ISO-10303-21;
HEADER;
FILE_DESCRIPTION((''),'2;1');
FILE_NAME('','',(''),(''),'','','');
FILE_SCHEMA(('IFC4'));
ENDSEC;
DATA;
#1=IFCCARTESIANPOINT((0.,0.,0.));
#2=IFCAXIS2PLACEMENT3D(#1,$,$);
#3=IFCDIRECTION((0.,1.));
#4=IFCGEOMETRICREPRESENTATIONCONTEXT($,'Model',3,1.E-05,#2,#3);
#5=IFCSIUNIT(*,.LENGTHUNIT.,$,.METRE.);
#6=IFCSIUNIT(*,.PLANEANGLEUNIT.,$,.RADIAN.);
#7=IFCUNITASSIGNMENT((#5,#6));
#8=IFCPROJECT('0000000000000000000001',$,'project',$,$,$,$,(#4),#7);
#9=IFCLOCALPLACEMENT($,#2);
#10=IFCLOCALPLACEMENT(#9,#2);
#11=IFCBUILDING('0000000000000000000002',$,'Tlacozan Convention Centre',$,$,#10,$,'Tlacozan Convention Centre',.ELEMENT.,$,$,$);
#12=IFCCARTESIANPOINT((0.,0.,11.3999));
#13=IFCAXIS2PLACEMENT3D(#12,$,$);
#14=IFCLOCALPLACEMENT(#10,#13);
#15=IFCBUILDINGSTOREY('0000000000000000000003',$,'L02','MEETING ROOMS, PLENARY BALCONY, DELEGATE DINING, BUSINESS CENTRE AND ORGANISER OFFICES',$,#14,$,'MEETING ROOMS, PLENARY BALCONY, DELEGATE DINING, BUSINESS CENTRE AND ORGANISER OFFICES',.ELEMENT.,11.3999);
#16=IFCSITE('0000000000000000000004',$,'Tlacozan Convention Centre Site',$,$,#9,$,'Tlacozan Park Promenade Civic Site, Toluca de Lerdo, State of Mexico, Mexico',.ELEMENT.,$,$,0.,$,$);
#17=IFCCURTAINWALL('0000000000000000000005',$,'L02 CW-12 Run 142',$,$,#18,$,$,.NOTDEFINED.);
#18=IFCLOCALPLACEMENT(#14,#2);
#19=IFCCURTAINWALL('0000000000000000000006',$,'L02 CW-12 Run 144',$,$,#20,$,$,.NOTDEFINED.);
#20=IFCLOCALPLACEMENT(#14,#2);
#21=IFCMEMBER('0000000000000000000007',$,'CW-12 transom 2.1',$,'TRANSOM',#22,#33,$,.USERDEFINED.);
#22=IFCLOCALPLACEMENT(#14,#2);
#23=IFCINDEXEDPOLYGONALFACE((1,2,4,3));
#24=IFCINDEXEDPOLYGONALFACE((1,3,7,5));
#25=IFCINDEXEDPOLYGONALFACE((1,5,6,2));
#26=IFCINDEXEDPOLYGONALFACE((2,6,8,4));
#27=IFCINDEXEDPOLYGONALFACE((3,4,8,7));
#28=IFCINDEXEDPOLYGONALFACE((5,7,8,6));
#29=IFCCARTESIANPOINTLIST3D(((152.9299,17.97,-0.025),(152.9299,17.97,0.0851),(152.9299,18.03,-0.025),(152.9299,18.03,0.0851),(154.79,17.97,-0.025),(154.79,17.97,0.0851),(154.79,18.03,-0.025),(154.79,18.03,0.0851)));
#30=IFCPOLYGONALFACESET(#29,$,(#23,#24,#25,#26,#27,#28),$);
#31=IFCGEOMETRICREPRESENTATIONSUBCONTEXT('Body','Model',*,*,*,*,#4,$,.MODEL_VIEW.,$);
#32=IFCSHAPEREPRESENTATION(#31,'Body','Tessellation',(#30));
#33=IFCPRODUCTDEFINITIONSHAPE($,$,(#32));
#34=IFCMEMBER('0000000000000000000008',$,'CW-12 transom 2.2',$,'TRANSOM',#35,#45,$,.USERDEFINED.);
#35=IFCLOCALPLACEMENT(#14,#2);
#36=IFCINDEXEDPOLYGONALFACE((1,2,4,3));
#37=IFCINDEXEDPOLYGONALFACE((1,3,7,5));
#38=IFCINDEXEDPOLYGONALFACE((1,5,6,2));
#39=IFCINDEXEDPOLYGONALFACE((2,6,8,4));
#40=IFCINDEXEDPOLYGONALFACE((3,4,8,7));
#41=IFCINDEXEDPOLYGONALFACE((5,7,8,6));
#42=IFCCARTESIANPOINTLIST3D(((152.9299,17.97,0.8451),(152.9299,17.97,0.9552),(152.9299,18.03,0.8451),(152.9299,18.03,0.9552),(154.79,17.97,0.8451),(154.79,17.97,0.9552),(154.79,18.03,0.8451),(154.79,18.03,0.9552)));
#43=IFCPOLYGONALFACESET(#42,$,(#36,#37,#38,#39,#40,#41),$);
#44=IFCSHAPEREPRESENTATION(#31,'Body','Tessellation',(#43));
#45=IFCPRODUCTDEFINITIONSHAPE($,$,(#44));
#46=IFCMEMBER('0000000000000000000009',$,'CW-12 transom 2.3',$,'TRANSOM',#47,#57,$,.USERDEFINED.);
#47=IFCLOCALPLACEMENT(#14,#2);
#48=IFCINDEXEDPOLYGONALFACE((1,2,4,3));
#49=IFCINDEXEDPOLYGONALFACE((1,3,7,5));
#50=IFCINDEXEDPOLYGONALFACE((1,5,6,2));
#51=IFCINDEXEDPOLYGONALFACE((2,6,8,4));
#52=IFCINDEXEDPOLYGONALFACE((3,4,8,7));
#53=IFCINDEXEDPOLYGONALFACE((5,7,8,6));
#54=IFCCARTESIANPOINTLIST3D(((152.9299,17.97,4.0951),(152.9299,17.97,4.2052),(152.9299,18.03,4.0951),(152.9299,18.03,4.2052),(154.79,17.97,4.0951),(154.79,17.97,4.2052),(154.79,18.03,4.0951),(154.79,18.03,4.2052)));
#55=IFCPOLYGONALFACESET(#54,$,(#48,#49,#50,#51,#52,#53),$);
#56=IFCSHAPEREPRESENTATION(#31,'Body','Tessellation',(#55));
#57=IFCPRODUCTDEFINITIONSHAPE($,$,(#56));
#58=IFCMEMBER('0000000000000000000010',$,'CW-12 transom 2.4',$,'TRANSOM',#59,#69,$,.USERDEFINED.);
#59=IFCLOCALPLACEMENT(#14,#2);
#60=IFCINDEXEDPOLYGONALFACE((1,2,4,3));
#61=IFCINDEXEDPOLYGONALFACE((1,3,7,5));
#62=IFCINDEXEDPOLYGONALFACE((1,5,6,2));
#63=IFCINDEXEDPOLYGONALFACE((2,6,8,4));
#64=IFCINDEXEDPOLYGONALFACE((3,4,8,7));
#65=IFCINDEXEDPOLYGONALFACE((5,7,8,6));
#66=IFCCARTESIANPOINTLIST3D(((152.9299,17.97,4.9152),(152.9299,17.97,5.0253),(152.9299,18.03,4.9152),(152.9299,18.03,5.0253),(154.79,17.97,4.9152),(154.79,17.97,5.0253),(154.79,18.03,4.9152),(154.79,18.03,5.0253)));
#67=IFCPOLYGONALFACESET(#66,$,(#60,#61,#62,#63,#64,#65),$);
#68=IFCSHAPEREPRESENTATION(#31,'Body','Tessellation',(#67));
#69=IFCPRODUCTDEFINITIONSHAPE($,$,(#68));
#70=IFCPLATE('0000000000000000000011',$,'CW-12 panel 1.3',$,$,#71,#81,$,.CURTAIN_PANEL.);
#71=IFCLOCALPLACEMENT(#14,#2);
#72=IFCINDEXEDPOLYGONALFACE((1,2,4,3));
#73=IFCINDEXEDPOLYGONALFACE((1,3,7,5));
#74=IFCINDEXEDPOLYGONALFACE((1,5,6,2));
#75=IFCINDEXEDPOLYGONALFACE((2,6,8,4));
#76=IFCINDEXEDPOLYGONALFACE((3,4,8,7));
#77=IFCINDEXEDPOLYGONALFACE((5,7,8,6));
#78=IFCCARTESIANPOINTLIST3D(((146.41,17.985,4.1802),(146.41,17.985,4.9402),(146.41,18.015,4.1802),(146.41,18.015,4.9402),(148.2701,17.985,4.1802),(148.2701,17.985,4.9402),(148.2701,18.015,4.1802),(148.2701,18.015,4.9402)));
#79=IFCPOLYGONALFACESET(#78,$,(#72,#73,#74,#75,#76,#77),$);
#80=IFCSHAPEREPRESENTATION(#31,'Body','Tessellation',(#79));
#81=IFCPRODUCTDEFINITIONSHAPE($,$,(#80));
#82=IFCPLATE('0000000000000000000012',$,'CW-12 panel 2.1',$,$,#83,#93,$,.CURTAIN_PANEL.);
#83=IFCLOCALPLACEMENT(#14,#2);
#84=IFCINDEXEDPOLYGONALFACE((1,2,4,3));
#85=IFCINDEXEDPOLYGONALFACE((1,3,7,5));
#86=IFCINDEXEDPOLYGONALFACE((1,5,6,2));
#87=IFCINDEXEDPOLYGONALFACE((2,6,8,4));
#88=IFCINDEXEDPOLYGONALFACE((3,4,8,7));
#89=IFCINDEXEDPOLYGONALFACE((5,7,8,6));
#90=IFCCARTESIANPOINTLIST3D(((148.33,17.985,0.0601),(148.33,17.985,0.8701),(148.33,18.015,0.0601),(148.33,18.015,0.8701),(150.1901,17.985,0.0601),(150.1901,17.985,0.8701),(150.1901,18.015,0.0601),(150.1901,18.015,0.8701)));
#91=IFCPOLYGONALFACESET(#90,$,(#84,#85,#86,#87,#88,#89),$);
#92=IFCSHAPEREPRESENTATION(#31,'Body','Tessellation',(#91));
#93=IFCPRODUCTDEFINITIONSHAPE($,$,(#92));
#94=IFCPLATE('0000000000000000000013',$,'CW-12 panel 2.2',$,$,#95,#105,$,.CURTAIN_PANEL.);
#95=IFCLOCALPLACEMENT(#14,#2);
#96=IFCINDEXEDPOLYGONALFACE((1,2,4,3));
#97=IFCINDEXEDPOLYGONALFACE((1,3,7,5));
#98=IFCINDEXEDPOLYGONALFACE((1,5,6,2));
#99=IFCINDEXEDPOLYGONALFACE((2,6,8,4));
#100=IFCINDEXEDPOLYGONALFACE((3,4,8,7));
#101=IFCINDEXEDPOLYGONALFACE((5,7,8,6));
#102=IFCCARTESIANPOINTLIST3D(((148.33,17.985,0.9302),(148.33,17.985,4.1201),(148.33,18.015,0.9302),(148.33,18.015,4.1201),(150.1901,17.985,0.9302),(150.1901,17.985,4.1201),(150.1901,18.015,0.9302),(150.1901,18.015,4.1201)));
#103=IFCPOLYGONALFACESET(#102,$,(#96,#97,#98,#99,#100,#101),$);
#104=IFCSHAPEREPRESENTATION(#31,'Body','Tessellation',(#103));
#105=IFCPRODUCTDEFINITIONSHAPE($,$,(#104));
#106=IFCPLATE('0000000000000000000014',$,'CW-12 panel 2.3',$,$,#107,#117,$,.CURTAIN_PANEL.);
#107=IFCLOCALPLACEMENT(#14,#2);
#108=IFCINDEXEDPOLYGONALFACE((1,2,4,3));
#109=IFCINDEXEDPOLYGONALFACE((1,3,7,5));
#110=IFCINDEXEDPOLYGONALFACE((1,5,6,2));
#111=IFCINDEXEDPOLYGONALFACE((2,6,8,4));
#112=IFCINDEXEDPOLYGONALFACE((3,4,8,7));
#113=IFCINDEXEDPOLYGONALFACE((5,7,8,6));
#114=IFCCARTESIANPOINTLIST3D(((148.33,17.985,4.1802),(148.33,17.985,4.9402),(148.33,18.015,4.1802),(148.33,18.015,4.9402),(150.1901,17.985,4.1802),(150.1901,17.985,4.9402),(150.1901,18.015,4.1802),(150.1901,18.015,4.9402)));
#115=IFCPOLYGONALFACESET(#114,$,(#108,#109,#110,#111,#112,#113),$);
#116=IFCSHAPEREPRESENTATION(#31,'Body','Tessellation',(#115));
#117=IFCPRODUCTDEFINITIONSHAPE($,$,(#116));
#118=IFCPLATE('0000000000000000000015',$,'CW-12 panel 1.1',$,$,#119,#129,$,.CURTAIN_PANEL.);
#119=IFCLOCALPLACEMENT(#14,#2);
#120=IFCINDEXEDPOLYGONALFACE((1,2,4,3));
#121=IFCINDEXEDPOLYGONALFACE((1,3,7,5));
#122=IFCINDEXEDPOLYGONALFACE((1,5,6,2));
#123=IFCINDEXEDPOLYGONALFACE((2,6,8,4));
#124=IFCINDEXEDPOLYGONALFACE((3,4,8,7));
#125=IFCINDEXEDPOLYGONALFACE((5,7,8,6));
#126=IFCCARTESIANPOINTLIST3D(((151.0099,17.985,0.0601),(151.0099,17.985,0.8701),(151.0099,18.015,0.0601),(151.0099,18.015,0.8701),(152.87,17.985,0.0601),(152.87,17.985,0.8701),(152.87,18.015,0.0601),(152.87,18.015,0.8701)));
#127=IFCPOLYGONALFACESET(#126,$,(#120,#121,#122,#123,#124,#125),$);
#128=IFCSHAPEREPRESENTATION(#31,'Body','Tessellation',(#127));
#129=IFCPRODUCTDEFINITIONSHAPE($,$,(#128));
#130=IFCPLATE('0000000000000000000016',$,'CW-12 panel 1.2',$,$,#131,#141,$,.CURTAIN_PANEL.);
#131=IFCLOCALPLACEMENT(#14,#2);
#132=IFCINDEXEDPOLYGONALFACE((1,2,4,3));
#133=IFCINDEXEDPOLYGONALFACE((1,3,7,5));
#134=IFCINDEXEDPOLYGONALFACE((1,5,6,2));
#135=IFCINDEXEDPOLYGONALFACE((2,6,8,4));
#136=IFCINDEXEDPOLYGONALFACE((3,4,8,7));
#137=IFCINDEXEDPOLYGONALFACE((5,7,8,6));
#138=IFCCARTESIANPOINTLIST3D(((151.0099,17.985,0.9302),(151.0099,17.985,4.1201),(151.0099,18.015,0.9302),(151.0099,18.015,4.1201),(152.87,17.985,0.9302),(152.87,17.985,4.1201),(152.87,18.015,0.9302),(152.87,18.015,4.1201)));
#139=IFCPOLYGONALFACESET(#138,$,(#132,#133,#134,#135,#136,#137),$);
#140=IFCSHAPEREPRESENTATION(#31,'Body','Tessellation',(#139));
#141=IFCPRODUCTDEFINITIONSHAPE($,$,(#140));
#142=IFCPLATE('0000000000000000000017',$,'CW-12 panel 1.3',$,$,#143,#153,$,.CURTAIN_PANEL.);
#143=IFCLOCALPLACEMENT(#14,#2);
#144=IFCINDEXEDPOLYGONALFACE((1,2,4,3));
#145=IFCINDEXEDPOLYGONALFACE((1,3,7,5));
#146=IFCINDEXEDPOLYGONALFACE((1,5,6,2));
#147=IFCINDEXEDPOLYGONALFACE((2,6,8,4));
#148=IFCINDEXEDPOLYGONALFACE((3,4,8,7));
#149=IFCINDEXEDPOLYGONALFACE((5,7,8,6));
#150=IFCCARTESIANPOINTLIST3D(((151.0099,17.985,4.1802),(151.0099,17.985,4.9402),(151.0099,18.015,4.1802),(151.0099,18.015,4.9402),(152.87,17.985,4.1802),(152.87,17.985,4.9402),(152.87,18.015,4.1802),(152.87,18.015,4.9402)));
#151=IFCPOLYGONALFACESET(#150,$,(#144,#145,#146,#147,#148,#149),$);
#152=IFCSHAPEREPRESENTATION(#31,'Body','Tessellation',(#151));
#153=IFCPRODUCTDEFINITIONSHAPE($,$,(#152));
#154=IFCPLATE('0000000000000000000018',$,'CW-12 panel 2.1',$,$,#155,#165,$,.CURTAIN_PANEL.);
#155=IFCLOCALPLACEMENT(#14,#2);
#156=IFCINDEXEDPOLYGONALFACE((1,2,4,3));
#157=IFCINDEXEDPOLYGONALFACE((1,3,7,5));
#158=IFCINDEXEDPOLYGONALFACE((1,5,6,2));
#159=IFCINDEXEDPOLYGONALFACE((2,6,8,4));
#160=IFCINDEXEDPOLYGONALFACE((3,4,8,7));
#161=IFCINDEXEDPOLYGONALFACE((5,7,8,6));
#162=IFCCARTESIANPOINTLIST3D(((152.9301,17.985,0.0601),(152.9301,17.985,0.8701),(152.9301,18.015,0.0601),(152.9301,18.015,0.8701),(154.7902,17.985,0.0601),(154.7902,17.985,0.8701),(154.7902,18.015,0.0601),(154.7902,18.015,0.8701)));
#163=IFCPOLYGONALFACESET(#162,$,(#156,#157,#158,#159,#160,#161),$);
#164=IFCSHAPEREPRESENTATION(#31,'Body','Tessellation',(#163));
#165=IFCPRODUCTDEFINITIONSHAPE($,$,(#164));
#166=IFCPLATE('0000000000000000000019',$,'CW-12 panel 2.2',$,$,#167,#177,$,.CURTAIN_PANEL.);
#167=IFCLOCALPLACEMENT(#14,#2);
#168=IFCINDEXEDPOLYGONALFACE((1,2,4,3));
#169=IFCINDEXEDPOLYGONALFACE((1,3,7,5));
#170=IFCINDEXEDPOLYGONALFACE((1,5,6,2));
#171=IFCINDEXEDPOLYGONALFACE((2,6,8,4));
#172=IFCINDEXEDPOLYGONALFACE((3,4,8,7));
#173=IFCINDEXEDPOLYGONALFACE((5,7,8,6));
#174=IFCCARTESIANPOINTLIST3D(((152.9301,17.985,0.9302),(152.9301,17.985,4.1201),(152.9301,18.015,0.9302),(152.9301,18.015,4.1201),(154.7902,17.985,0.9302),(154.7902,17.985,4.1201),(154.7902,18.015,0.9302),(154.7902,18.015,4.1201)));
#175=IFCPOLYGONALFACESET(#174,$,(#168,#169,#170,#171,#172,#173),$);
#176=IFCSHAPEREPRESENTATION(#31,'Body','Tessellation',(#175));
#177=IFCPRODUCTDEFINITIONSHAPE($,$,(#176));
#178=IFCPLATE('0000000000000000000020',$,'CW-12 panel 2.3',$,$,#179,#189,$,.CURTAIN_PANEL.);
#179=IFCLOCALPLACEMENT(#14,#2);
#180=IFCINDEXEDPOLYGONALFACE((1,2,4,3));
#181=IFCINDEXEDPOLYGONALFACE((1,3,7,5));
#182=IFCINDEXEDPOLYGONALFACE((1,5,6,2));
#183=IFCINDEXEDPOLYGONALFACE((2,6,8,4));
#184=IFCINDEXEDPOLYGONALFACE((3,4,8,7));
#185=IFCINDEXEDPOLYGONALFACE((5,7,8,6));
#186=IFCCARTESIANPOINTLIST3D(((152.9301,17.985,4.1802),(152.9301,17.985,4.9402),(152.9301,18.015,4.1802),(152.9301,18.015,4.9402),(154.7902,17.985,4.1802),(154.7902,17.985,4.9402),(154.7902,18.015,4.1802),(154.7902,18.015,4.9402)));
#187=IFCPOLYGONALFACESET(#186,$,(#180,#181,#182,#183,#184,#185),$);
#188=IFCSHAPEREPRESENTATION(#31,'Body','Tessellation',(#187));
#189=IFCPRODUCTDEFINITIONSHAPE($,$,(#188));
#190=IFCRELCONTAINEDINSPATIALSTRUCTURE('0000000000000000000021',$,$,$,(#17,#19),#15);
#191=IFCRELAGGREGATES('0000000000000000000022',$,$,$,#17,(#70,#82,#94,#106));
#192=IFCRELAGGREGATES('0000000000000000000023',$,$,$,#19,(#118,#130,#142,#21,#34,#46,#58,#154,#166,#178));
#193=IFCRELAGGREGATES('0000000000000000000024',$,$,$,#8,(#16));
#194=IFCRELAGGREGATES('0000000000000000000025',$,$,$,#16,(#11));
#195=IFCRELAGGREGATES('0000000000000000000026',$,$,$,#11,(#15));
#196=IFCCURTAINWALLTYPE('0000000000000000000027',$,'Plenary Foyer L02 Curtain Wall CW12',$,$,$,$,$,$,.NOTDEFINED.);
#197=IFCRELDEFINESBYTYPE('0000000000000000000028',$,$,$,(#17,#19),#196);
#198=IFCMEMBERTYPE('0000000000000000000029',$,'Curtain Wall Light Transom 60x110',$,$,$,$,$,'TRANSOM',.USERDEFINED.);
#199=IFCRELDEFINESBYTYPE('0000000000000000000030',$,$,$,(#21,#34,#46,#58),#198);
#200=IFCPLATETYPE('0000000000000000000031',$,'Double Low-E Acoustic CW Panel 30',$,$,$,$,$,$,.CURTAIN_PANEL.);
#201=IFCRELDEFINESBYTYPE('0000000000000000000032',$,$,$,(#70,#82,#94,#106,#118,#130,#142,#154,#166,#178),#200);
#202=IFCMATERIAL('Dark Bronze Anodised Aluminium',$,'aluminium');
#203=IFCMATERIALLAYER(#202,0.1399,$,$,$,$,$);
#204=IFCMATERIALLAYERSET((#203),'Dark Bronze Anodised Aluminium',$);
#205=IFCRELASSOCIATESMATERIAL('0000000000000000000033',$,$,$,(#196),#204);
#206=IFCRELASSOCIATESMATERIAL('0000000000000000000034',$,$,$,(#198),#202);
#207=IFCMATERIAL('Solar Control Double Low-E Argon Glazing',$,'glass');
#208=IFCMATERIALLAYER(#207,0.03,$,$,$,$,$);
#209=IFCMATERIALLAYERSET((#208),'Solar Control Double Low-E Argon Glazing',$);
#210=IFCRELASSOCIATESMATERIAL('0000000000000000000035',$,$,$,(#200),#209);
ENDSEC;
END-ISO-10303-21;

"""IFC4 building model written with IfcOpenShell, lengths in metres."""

from ifc_helpers import new_model, si_unit, direction, frame, origin, origin_2d, place, context, subcontext, project, spatial, rectangle, extrude, material, layer, layer_set, material_profile, profile_set, type_object, element, aggregate, save


model = new_model("IFC4")

# Units and contexts
model_context = context("Model", 3, precision=1e-05, world=origin(), true_north=direction((0.0, 1.0)))
body_context = subcontext(model_context, "Body", "Model", "MODEL_VIEW")
ifc_project = project(units=[si_unit("LENGTHUNIT", "METRE"), si_unit("PLANEANGLEUNIT", "RADIAN")], contexts=[model_context])

# Site, building, storey
site_placement = place(None, origin())
site = spatial("IfcSite", under=ifc_project, at=site_placement, Name="Tlacozan Convention Centre Site", LongName="Tlacozan Park Promenade Civic Site, Toluca de Lerdo, State of Mexico, Mexico", CompositionType="ELEMENT", RefElevation=0.0)
building_placement = place(site_placement, origin())
building = spatial("IfcBuilding", under=site, at=building_placement, Name="Tlacozan Convention Centre", LongName="Tlacozan Convention Centre", CompositionType="ELEMENT")
storey_placement = place(building_placement, frame((0.0, 0.0, 11.3999)))
storey = spatial("IfcBuildingStorey", under=building, at=storey_placement, Name="L02", Description="MEETING ROOMS, PLENARY BALCONY, DELEGATE DINING, BUSINESS CENTRE AND ORGANISER OFFICES", LongName="MEETING ROOMS, PLENARY BALCONY, DELEGATE DINING, BUSINESS CENTRE AND ORGANISER OFFICES", CompositionType="ELEMENT", Elevation=11.3999)

# Curtain walls
ifc_material_1 = material(Name="Dark Bronze Anodised Aluminium", Category="aluminium")
ifc_layer_1 = layer(ifc_material_1, 0.1399)
ifc_layer_set_1 = layer_set([ifc_layer_1], Name="Dark Bronze Anodised Aluminium")
curtain_wall_type = type_object("IfcCurtainWallType", Name="Plenary Foyer L02 Curtain Wall CW12", PredefinedType="NOTDEFINED", material=ifc_layer_set_1)
curtain_wall_1_placement = place(storey_placement, origin())
curtain_wall_1 = element("IfcCurtainWall", 1, at=curtain_wall_1_placement, inside=storey, type_object=curtain_wall_type, Name="L02 CW-12 Run 142", PredefinedType="NOTDEFINED")
curtain_wall_2_placement = place(storey_placement, origin())
curtain_wall_2 = element("IfcCurtainWall", 2, at=curtain_wall_2_placement, inside=storey, type_object=curtain_wall_type, Name="L02 CW-12 Run 144", PredefinedType="NOTDEFINED")

# Members
ifc_material_profile_1 = material_profile(ifc_material_1, rectangle(XDim=0.0601, YDim=0.1101, at=origin_2d()), Name="ALU 60x110")
ifc_profile_set_1 = profile_set([ifc_material_profile_1], Name="Dark Bronze Anodised Aluminium")
member_type_1 = type_object("IfcMemberType", Name="Curtain Wall Light Transom 60x110", ElementType="TRANSOM", PredefinedType="USERDEFINED", material=ifc_profile_set_1)
member_1_placement = place(storey_placement, frame((152.9299, 18.0, 0.03), z_axis=(1.0, 0.0, 0.0), x_axis=(0.0, 1.0, 0.0)))
member_1 = element("IfcMember", 3, at=member_1_placement, type_object=member_type_1, Name="CW-12 transom 2.1", ObjectType="TRANSOM", PredefinedType="USERDEFINED", context=body_context, shape_type="SweptSolid", body=[
    extrude(rectangle(XDim=0.0601, YDim=0.1101, at=origin_2d()), origin(), (0.0, 0.0, 1.0), 1.8601),
])
member_2_placement = place(storey_placement, frame((152.9299, 18.0, 0.9001), z_axis=(1.0, 0.0, 0.0), x_axis=(0.0, 1.0, 0.0)))
member_2 = element("IfcMember", 4, at=member_2_placement, type_object=member_type_1, Name="CW-12 transom 2.2", ObjectType="TRANSOM", PredefinedType="USERDEFINED", context=body_context, shape_type="SweptSolid", body=[
    extrude(rectangle(XDim=0.0601, YDim=0.1101, at=origin_2d()), origin(), (0.0, 0.0, 1.0), 1.8601),
])
member_3_placement = place(storey_placement, frame((152.9299, 18.0, 4.1501), z_axis=(1.0, 0.0, 0.0), x_axis=(0.0, 1.0, 0.0)))
member_3 = element("IfcMember", 5, at=member_3_placement, type_object=member_type_1, Name="CW-12 transom 2.3", ObjectType="TRANSOM", PredefinedType="USERDEFINED", context=body_context, shape_type="SweptSolid", body=[
    extrude(rectangle(XDim=0.0601, YDim=0.1101, at=origin_2d()), origin(), (0.0, 0.0, 1.0), 1.8601),
])
member_4_placement = place(storey_placement, frame((152.9299, 18.0, 4.9702), z_axis=(1.0, 0.0, 0.0), x_axis=(0.0, 1.0, 0.0)))
member_4 = element("IfcMember", 6, at=member_4_placement, type_object=member_type_1, Name="CW-12 transom 2.4", ObjectType="TRANSOM", PredefinedType="USERDEFINED", context=body_context, shape_type="SweptSolid", body=[
    extrude(rectangle(XDim=0.0601, YDim=0.1101, at=origin_2d()), origin(), (0.0, 0.0, 1.0), 1.8601),
])

# Plates
ifc_material_2 = material(Name="Solar Control Double Low-E Argon Glazing", Category="glass")
ifc_layer_2 = layer(ifc_material_2, 0.03)
ifc_layer_set_2 = layer_set([ifc_layer_2], Name="Solar Control Double Low-E Argon Glazing")
plate_type = type_object("IfcPlateType", Name="Double Low-E Acoustic CW Panel 30", PredefinedType="CURTAIN_PANEL", material=ifc_layer_set_2)
plate_1_placement = place(storey_placement, frame((147.3401, 18.0, 4.1802), z_axis=(0.0, 0.0, 1.0), x_axis=(1.0, 0.0, 0.0)))
plate_1 = element("IfcPlate", 7, at=plate_1_placement, type_object=plate_type, Name="CW-12 panel 1.3", PredefinedType="CURTAIN_PANEL", context=body_context, shape_type="SweptSolid", body=[
    extrude(rectangle(XDim=1.8601, YDim=0.03, at=origin_2d()), origin(), (0.0, 0.0, 1.0), 0.76),
])
plate_2_placement = place(storey_placement, frame((149.26, 18.0, 0.0601), z_axis=(0.0, 0.0, 1.0), x_axis=(1.0, 0.0, 0.0)))
plate_2 = element("IfcPlate", 8, at=plate_2_placement, type_object=plate_type, Name="CW-12 panel 2.1", PredefinedType="CURTAIN_PANEL", context=body_context, shape_type="SweptSolid", body=[
    extrude(rectangle(XDim=1.8601, YDim=0.03, at=origin_2d()), origin(), (0.0, 0.0, 1.0), 0.8101),
])
plate_3_placement = place(storey_placement, frame((149.26, 18.0, 0.9302), z_axis=(0.0, 0.0, 1.0), x_axis=(1.0, 0.0, 0.0)))
plate_3 = element("IfcPlate", 9, at=plate_3_placement, type_object=plate_type, Name="CW-12 panel 2.2", PredefinedType="CURTAIN_PANEL", context=body_context, shape_type="SweptSolid", body=[
    extrude(rectangle(XDim=1.8601, YDim=0.03, at=origin_2d()), origin(), (0.0, 0.0, 1.0), 3.1899),
])
plate_4_placement = place(storey_placement, frame((149.26, 18.0, 4.1802), z_axis=(0.0, 0.0, 1.0), x_axis=(1.0, 0.0, 0.0)))
plate_4 = element("IfcPlate", 10, at=plate_4_placement, type_object=plate_type, Name="CW-12 panel 2.3", PredefinedType="CURTAIN_PANEL", context=body_context, shape_type="SweptSolid", body=[
    extrude(rectangle(XDim=1.8601, YDim=0.03, at=origin_2d()), origin(), (0.0, 0.0, 1.0), 0.76),
])
aggregate(curtain_wall_1, [plate_1, plate_2, plate_3, plate_4])
plate_5_placement = place(storey_placement, frame((151.9399, 18.0, 0.0601), z_axis=(0.0, 0.0, 1.0), x_axis=(1.0, 0.0, 0.0)))
plate_5 = element("IfcPlate", 11, at=plate_5_placement, type_object=plate_type, Name="CW-12 panel 1.1", PredefinedType="CURTAIN_PANEL", context=body_context, shape_type="SweptSolid", body=[
    extrude(rectangle(XDim=1.8601, YDim=0.03, at=origin_2d()), origin(), (0.0, 0.0, 1.0), 0.8101),
])
plate_6_placement = place(storey_placement, frame((151.9399, 18.0, 0.9302), z_axis=(0.0, 0.0, 1.0), x_axis=(1.0, 0.0, 0.0)))
plate_6 = element("IfcPlate", 12, at=plate_6_placement, type_object=plate_type, Name="CW-12 panel 1.2", PredefinedType="CURTAIN_PANEL", context=body_context, shape_type="SweptSolid", body=[
    extrude(rectangle(XDim=1.8601, YDim=0.03, at=origin_2d()), origin(), (0.0, 0.0, 1.0), 3.1899),
])
plate_7_placement = place(storey_placement, frame((151.9399, 18.0, 4.1802), z_axis=(0.0, 0.0, 1.0), x_axis=(1.0, 0.0, 0.0)))
plate_7 = element("IfcPlate", 13, at=plate_7_placement, type_object=plate_type, Name="CW-12 panel 1.3", PredefinedType="CURTAIN_PANEL", context=body_context, shape_type="SweptSolid", body=[
    extrude(rectangle(XDim=1.8601, YDim=0.03, at=origin_2d()), origin(), (0.0, 0.0, 1.0), 0.76),
])
plate_8_placement = place(storey_placement, frame((153.8601, 18.0, 0.0601), z_axis=(0.0, 0.0, 1.0), x_axis=(1.0, 0.0, 0.0)))
plate_8 = element("IfcPlate", 14, at=plate_8_placement, type_object=plate_type, Name="CW-12 panel 2.1", PredefinedType="CURTAIN_PANEL", context=body_context, shape_type="SweptSolid", body=[
    extrude(rectangle(XDim=1.8601, YDim=0.03, at=origin_2d()), origin(), (0.0, 0.0, 1.0), 0.8101),
])
plate_9_placement = place(storey_placement, frame((153.8601, 18.0, 0.9302), z_axis=(0.0, 0.0, 1.0), x_axis=(1.0, 0.0, 0.0)))
plate_9 = element("IfcPlate", 15, at=plate_9_placement, type_object=plate_type, Name="CW-12 panel 2.2", PredefinedType="CURTAIN_PANEL", context=body_context, shape_type="SweptSolid", body=[
    extrude(rectangle(XDim=1.8601, YDim=0.03, at=origin_2d()), origin(), (0.0, 0.0, 1.0), 3.1899),
])
plate_10_placement = place(storey_placement, frame((153.8601, 18.0, 4.1802), z_axis=(0.0, 0.0, 1.0), x_axis=(1.0, 0.0, 0.0)))
plate_10 = element("IfcPlate", 16, at=plate_10_placement, type_object=plate_type, Name="CW-12 panel 2.3", PredefinedType="CURTAIN_PANEL", context=body_context, shape_type="SweptSolid", body=[
    extrude(rectangle(XDim=1.8601, YDim=0.03, at=origin_2d()), origin(), (0.0, 0.0, 1.0), 0.76),
])
aggregate(curtain_wall_2, [plate_5, plate_6, plate_7, member_1, member_2, member_3, member_4, plate_8, plate_9, plate_10])

save(model, "model.ifc")
